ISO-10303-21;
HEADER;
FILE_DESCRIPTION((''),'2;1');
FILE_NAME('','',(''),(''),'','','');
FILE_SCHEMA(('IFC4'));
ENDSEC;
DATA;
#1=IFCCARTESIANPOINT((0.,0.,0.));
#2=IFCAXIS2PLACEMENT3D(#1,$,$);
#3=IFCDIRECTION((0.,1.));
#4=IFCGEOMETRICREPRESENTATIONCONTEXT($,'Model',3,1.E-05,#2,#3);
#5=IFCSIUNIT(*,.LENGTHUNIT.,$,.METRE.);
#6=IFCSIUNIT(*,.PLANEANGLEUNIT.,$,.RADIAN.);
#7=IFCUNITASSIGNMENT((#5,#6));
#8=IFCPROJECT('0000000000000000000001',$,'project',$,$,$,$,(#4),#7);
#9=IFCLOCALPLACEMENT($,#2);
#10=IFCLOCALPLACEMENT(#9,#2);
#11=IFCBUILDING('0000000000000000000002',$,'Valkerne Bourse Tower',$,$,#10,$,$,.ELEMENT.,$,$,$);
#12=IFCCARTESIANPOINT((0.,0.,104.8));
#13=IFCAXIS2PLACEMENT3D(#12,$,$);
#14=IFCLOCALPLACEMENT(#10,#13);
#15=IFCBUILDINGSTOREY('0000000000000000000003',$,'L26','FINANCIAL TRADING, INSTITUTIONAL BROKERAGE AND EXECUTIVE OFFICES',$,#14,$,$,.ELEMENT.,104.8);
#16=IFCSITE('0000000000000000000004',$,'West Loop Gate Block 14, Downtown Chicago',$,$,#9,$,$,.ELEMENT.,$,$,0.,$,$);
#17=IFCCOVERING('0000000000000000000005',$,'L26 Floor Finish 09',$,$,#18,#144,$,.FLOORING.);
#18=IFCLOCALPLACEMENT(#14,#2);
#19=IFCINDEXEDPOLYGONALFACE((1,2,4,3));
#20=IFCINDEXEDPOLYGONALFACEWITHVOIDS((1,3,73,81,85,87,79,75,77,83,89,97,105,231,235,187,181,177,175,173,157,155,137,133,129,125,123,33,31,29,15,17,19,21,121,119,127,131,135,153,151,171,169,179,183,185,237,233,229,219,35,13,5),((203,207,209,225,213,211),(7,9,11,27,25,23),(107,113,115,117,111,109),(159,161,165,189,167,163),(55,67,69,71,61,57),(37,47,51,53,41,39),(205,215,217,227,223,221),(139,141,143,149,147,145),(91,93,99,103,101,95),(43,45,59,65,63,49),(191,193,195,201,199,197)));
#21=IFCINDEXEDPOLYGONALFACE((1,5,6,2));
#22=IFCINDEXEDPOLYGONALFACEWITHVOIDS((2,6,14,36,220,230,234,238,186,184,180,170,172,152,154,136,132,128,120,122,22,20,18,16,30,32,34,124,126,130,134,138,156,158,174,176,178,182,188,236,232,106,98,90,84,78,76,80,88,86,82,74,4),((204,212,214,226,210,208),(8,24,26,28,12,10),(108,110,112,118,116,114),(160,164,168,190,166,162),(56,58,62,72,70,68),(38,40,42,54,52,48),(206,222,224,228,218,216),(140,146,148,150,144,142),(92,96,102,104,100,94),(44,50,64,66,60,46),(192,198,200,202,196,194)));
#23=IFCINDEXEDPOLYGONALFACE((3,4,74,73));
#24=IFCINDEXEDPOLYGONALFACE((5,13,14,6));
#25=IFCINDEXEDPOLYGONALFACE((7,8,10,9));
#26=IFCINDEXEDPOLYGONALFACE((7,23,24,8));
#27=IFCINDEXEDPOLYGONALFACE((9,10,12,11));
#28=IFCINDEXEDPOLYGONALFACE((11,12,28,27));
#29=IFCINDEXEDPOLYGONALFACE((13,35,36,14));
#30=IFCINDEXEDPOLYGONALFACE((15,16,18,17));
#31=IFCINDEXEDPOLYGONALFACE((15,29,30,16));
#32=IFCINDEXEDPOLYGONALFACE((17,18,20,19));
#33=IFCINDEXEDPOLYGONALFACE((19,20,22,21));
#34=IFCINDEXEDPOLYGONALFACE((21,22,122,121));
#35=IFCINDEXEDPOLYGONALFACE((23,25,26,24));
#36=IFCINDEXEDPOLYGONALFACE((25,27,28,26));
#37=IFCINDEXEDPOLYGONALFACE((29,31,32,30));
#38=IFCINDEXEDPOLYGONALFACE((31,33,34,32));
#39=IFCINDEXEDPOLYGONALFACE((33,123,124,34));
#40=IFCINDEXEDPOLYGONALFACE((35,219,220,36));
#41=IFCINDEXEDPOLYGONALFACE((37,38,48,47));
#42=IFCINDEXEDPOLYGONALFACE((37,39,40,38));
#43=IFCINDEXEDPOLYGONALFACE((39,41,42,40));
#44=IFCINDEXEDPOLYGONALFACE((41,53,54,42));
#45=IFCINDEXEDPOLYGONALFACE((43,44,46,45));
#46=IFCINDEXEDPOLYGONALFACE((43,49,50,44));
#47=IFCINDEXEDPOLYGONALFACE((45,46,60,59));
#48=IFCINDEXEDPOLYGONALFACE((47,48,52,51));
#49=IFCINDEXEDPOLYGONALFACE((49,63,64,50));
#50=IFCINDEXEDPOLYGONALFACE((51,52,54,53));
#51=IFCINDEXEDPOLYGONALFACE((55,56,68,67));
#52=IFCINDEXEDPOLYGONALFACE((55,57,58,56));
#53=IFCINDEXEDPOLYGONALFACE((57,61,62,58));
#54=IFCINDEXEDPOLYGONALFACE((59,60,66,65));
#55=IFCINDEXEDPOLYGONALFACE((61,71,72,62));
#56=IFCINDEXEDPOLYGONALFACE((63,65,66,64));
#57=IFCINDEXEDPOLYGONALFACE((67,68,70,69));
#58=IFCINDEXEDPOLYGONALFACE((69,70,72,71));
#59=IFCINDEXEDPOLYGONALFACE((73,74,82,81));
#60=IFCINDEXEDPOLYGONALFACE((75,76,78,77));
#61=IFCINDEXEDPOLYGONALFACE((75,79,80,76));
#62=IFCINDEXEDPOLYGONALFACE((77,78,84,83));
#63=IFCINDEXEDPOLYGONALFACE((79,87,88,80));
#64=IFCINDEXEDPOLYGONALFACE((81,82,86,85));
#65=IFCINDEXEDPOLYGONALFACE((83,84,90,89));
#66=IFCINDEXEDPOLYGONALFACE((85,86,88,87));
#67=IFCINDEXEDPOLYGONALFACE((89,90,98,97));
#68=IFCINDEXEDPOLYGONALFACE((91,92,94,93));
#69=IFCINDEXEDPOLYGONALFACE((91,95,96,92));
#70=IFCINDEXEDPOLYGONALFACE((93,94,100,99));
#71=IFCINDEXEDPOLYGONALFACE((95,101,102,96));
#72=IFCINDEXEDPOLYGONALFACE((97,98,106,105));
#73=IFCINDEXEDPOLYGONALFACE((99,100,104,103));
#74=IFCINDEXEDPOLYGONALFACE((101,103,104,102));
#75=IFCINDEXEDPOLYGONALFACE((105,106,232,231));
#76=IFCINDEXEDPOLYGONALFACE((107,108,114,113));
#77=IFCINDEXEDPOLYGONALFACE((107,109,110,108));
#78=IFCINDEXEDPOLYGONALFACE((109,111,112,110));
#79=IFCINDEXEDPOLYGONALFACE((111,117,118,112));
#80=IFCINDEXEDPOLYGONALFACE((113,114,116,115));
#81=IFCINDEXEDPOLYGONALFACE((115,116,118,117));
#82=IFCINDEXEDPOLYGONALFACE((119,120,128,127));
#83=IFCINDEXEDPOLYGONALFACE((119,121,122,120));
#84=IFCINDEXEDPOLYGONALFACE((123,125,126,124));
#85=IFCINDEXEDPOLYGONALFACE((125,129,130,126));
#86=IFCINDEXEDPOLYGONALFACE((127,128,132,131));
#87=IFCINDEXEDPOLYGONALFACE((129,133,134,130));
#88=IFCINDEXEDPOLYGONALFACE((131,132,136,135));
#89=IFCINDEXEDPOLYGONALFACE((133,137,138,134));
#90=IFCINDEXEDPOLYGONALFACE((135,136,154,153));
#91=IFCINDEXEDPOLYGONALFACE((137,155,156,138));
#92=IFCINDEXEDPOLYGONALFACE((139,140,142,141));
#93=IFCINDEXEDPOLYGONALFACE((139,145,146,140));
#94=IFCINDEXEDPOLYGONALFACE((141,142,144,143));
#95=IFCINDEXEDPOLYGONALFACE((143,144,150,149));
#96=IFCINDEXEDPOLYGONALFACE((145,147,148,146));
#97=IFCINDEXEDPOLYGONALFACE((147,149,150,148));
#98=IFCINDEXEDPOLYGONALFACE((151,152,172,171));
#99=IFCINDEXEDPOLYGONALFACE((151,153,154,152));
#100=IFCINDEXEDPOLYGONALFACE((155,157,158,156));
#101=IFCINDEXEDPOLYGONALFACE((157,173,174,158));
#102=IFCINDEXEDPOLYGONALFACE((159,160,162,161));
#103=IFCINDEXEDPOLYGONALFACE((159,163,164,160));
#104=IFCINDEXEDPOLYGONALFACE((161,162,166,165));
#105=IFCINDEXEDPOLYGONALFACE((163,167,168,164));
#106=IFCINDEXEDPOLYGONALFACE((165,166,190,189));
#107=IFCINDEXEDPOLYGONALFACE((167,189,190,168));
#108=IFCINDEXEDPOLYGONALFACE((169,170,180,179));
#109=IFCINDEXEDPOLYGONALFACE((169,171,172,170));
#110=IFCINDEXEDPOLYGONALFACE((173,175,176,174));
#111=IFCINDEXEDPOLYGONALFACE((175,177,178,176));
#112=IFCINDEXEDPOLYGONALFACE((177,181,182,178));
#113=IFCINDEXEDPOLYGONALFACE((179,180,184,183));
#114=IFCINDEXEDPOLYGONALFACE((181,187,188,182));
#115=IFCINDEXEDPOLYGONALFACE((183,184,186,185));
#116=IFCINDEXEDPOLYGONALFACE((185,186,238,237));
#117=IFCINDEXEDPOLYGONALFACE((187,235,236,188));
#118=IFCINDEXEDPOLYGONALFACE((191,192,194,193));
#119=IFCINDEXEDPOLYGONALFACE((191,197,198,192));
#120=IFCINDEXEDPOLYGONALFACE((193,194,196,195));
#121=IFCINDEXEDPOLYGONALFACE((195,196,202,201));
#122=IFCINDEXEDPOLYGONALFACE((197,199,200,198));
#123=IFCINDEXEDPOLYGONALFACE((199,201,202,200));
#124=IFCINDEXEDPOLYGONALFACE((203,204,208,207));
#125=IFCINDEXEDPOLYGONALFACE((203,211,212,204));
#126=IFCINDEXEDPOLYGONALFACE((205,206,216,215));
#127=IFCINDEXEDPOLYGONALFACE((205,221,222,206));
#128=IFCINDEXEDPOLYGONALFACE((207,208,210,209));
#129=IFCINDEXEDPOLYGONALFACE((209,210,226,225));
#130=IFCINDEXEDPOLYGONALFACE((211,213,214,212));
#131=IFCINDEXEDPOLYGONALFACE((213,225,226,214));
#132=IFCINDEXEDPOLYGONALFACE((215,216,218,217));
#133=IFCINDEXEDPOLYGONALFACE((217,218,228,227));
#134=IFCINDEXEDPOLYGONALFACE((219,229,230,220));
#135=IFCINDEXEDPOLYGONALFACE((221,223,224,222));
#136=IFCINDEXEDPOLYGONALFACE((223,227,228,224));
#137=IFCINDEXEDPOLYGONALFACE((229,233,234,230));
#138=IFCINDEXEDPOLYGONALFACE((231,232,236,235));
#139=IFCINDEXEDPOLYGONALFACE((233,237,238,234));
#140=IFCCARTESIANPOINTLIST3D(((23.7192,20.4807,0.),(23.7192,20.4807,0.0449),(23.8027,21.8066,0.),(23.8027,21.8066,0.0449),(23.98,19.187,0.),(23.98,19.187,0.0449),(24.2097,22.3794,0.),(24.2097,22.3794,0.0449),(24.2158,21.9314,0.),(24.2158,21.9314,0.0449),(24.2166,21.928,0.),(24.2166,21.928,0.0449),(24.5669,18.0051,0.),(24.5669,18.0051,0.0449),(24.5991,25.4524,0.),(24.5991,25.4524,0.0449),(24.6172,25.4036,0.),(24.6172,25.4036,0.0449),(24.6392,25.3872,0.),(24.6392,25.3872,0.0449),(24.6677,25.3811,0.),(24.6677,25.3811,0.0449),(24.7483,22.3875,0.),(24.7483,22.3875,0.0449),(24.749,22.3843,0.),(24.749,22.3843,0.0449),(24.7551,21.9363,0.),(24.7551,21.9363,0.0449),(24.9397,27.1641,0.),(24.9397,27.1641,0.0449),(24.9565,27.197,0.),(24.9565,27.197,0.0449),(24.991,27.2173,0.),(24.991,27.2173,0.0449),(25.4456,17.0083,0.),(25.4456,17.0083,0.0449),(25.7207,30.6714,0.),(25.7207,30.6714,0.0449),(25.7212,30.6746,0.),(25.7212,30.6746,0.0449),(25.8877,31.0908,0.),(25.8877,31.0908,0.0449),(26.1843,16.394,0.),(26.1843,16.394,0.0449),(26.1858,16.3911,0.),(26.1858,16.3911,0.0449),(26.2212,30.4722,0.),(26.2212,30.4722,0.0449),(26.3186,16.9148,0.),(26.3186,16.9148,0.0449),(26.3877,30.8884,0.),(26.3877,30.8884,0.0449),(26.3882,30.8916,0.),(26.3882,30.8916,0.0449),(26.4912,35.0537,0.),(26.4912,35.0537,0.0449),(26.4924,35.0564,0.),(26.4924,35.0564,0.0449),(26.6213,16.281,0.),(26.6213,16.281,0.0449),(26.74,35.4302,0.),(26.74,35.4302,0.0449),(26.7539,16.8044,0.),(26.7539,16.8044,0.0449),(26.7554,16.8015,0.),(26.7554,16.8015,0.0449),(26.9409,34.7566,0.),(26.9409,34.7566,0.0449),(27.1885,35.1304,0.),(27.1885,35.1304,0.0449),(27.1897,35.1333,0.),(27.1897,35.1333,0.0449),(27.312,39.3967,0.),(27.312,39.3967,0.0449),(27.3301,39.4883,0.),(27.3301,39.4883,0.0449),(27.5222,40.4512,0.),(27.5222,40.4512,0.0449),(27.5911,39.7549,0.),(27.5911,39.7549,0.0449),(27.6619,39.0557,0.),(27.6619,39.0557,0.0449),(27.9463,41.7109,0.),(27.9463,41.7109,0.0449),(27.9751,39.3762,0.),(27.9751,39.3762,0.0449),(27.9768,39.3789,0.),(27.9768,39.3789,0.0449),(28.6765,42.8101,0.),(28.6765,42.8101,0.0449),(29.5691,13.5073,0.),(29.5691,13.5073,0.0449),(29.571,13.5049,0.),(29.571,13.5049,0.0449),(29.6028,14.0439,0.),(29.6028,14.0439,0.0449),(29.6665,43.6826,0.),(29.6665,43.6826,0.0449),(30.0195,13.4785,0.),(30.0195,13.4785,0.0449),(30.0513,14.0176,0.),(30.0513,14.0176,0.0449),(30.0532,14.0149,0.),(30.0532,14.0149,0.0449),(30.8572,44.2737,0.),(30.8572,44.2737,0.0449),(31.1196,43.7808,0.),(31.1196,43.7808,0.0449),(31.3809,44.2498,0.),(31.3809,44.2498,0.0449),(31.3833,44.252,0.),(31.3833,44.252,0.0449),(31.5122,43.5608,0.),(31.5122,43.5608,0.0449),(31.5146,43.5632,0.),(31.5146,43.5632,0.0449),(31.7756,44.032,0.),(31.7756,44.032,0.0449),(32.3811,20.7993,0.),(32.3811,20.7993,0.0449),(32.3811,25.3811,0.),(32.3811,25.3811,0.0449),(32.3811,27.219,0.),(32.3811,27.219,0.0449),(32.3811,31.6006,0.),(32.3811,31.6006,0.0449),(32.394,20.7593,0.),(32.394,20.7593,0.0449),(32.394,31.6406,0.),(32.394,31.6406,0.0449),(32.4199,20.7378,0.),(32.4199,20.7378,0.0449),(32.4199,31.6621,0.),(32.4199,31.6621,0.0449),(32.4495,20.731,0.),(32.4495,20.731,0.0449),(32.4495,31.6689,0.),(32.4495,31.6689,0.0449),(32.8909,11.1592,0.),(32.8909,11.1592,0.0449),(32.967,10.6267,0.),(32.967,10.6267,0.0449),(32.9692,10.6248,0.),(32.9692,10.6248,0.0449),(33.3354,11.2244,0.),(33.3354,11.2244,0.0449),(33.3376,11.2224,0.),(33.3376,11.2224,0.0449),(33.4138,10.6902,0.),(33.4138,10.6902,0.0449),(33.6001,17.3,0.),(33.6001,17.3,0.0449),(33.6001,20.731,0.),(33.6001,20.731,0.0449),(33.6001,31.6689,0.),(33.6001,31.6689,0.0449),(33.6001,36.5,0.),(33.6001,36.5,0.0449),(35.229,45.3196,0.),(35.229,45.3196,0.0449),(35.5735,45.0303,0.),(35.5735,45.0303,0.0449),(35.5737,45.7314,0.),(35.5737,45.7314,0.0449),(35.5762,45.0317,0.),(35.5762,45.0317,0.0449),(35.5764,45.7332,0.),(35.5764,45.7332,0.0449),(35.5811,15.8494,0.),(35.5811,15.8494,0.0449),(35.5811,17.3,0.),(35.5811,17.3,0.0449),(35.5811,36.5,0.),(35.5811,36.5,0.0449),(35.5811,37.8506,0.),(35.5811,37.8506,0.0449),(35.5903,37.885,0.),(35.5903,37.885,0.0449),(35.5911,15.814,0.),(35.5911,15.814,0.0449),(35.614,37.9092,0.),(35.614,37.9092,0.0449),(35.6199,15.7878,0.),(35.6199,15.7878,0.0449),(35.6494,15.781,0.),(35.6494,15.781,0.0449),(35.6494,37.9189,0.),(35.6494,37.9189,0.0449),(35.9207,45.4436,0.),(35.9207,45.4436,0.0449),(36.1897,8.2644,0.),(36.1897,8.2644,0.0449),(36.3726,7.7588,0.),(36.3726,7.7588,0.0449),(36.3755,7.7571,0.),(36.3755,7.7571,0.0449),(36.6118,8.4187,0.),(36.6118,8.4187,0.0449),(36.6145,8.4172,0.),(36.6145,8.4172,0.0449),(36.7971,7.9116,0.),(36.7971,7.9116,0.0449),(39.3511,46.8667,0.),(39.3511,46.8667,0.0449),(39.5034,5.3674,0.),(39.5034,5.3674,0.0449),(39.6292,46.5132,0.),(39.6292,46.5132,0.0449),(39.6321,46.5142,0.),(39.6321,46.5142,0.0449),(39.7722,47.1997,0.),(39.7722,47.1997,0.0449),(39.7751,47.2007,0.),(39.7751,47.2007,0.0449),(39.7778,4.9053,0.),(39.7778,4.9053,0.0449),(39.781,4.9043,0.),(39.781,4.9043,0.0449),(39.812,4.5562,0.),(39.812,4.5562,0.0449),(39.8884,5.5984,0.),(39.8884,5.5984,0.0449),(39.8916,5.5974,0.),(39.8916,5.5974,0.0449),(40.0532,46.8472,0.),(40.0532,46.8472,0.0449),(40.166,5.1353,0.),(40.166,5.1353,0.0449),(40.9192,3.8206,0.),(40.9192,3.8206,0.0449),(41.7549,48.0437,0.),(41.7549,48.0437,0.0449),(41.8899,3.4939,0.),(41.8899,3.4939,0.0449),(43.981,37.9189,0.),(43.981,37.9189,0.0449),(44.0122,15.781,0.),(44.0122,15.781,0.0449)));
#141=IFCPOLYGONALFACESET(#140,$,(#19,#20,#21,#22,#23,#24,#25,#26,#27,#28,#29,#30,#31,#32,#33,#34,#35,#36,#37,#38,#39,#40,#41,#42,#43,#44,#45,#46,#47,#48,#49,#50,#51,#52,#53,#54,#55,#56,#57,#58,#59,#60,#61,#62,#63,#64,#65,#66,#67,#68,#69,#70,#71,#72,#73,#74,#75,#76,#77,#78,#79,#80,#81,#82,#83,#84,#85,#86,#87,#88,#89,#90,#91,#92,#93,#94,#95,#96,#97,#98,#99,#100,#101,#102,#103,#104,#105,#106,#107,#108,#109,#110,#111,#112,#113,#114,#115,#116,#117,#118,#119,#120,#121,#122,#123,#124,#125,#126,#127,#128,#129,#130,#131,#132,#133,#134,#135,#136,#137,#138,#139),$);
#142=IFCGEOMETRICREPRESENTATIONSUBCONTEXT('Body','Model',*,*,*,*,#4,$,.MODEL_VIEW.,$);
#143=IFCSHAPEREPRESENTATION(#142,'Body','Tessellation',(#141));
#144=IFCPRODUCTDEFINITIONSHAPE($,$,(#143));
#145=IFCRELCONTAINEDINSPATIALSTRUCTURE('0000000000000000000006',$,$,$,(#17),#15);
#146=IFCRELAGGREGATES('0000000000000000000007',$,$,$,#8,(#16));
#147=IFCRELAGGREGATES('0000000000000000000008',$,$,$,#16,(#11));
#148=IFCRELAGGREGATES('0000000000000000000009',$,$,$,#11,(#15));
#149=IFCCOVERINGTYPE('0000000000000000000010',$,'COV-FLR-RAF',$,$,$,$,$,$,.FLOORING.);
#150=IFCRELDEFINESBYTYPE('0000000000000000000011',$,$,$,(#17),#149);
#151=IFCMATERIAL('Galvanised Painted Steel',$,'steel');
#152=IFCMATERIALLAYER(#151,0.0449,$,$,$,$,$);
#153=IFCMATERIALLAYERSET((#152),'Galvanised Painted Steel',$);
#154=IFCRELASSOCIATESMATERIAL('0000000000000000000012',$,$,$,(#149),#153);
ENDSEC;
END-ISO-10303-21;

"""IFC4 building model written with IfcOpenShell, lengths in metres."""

from ifc_helpers import new_model, si_unit, direction, frame, origin, place, context, subcontext, project, spatial, polyline, outline, extrude, material, layer, layer_set, type_object, element, save


model = new_model("IFC4")

# Units and contexts
model_context = context("Model", 3, precision=1e-05, world=origin(), true_north=direction((0.0, 1.0)))
body_context = subcontext(model_context, "Body", "Model", "MODEL_VIEW")
ifc_project = project(units=[si_unit("LENGTHUNIT", "METRE"), si_unit("PLANEANGLEUNIT", "RADIAN")], contexts=[model_context])

# Site, building, storey
site_placement = place(None, origin())
site = spatial("IfcSite", under=ifc_project, at=site_placement, Name="West Loop Gate Block 14, Downtown Chicago", CompositionType="ELEMENT", RefElevation=0.0)
building_placement = place(site_placement, origin())
building = spatial("IfcBuilding", under=site, at=building_placement, Name="Valkerne Bourse Tower", CompositionType="ELEMENT")
storey_placement = place(building_placement, frame((0.0, 0.0, 104.8)))
storey = spatial("IfcBuildingStorey", under=building, at=storey_placement, Name="L26", Description="FINANCIAL TRADING, INSTITUTIONAL BROKERAGE AND EXECUTIVE OFFICES", CompositionType="ELEMENT", Elevation=104.8)

# Covering
ifc_material_1 = material(Name="Galvanised Painted Steel", Category="steel")
ifc_layer_1 = layer(ifc_material_1, 0.0449)
ifc_layer_set_1 = layer_set([ifc_layer_1], Name="Galvanised Painted Steel")
covering_type_1 = type_object("IfcCoveringType", Name="COV-FLR-RAF", PredefinedType="FLOORING", material=ifc_layer_set_1)
covering_1_placement = place(storey_placement, origin())
element("IfcCovering", 1, at=covering_1_placement, inside=storey, type_object=covering_type_1, Name="L26 Floor Finish 09", PredefinedType="FLOORING", context=body_context, shape_type="SweptSolid", body=[
    extrude(outline(polyline([(25.4456, 17.0083), (24.5669, 18.0051), (23.98, 19.187), (23.7192, 20.4807), (23.8027, 21.8066), (27.312, 39.3967), (27.6619, 39.0557), (27.9751, 39.3762), (27.9768, 39.3789), (27.5911, 39.7549), (27.3301, 39.4883), (27.5222, 40.4512), (27.9463, 41.7109), (28.6765, 42.8101), (29.6665, 43.6826), (30.8572, 44.2737), (41.7549, 48.0437), (43.981, 37.9189), (35.6494, 37.9189), (35.614, 37.9092), (35.5903, 37.885), (35.5811, 37.8506), (35.5811, 36.5), (33.6001, 36.5), (33.6001, 31.6689), (32.4495, 31.6689), (32.4199, 31.6621), (32.394, 31.6406), (32.3811, 31.6006), (32.3811, 27.219), (24.991, 27.2173), (24.9565, 27.197), (24.9397, 27.1641), (24.5991, 25.4524), (24.6172, 25.4036), (24.6392, 25.3872), (24.6677, 25.3811), (32.3811, 25.3811), (32.3811, 20.7993), (32.394, 20.7593), (32.4199, 20.7378), (32.4495, 20.731), (33.6001, 20.731), (33.6001, 17.3), (35.5811, 17.3), (35.5811, 15.8494), (35.5911, 15.814), (35.6199, 15.7878), (35.6494, 15.781), (44.0122, 15.781), (41.8899, 3.4939), (40.9192, 3.8206), (39.812, 4.5562), (25.4456, 17.0083)]), holes=[polyline([(36.6145, 8.4172), (36.6118, 8.4187), (36.1897, 8.2644), (36.3726, 7.7588), (36.3755, 7.7571), (36.7971, 7.9116), (36.6145, 8.4172)]), polyline([(33.3376, 11.2224), (33.3354, 11.2244), (32.8909, 11.1592), (32.967, 10.6267), (32.9692, 10.6248), (33.4138, 10.6902), (33.3376, 11.2224)]), polyline([(30.0532, 14.0149), (30.0513, 14.0176), (29.6028, 14.0439), (29.5691, 13.5073), (29.571, 13.5049), (30.0195, 13.4785), (30.0532, 14.0149)]), polyline([(26.7554, 16.8015), (26.7539, 16.8044), (26.3186, 16.9148), (26.1843, 16.394), (26.1858, 16.3911), (26.6213, 16.281), (26.7554, 16.8015)]), polyline([(24.749, 22.3843), (24.7483, 22.3875), (24.2097, 22.3794), (24.2158, 21.9314), (24.2166, 21.928), (24.7551, 21.9363), (24.749, 22.3843)]), polyline([(26.3877, 30.8884), (26.3882, 30.8916), (25.8877, 31.0908), (25.7212, 30.6746), (25.7207, 30.6714), (26.2212, 30.4722), (26.3877, 30.8884)]), polyline([(27.1897, 35.1333), (26.74, 35.4302), (26.4924, 35.0564), (26.4912, 35.0537), (26.9409, 34.7566), (27.1885, 35.1304), (27.1897, 35.1333)]), polyline([(31.7756, 44.032), (31.3833, 44.252), (31.3809, 44.2498), (31.1196, 43.7808), (31.5122, 43.5608), (31.5146, 43.5632), (31.7756, 44.032)]), polyline([(35.5762, 45.0317), (35.9207, 45.4436), (35.5764, 45.7332), (35.5737, 45.7314), (35.229, 45.3196), (35.5735, 45.0303), (35.5762, 45.0317)]), polyline([(39.8916, 5.5974), (39.8884, 5.5984), (39.5034, 5.3674), (39.7778, 4.9053), (39.781, 4.9043), (40.166, 5.1353), (39.8916, 5.5974)]), polyline([(39.6321, 46.5142), (40.0532, 46.8472), (39.7751, 47.2007), (39.7722, 47.1997), (39.3511, 46.8667), (39.6292, 46.5132), (39.6321, 46.5142)])]), origin(), (0.0, 0.0, 1.0), 0.0449),
])

save(model, "model.ifc")
